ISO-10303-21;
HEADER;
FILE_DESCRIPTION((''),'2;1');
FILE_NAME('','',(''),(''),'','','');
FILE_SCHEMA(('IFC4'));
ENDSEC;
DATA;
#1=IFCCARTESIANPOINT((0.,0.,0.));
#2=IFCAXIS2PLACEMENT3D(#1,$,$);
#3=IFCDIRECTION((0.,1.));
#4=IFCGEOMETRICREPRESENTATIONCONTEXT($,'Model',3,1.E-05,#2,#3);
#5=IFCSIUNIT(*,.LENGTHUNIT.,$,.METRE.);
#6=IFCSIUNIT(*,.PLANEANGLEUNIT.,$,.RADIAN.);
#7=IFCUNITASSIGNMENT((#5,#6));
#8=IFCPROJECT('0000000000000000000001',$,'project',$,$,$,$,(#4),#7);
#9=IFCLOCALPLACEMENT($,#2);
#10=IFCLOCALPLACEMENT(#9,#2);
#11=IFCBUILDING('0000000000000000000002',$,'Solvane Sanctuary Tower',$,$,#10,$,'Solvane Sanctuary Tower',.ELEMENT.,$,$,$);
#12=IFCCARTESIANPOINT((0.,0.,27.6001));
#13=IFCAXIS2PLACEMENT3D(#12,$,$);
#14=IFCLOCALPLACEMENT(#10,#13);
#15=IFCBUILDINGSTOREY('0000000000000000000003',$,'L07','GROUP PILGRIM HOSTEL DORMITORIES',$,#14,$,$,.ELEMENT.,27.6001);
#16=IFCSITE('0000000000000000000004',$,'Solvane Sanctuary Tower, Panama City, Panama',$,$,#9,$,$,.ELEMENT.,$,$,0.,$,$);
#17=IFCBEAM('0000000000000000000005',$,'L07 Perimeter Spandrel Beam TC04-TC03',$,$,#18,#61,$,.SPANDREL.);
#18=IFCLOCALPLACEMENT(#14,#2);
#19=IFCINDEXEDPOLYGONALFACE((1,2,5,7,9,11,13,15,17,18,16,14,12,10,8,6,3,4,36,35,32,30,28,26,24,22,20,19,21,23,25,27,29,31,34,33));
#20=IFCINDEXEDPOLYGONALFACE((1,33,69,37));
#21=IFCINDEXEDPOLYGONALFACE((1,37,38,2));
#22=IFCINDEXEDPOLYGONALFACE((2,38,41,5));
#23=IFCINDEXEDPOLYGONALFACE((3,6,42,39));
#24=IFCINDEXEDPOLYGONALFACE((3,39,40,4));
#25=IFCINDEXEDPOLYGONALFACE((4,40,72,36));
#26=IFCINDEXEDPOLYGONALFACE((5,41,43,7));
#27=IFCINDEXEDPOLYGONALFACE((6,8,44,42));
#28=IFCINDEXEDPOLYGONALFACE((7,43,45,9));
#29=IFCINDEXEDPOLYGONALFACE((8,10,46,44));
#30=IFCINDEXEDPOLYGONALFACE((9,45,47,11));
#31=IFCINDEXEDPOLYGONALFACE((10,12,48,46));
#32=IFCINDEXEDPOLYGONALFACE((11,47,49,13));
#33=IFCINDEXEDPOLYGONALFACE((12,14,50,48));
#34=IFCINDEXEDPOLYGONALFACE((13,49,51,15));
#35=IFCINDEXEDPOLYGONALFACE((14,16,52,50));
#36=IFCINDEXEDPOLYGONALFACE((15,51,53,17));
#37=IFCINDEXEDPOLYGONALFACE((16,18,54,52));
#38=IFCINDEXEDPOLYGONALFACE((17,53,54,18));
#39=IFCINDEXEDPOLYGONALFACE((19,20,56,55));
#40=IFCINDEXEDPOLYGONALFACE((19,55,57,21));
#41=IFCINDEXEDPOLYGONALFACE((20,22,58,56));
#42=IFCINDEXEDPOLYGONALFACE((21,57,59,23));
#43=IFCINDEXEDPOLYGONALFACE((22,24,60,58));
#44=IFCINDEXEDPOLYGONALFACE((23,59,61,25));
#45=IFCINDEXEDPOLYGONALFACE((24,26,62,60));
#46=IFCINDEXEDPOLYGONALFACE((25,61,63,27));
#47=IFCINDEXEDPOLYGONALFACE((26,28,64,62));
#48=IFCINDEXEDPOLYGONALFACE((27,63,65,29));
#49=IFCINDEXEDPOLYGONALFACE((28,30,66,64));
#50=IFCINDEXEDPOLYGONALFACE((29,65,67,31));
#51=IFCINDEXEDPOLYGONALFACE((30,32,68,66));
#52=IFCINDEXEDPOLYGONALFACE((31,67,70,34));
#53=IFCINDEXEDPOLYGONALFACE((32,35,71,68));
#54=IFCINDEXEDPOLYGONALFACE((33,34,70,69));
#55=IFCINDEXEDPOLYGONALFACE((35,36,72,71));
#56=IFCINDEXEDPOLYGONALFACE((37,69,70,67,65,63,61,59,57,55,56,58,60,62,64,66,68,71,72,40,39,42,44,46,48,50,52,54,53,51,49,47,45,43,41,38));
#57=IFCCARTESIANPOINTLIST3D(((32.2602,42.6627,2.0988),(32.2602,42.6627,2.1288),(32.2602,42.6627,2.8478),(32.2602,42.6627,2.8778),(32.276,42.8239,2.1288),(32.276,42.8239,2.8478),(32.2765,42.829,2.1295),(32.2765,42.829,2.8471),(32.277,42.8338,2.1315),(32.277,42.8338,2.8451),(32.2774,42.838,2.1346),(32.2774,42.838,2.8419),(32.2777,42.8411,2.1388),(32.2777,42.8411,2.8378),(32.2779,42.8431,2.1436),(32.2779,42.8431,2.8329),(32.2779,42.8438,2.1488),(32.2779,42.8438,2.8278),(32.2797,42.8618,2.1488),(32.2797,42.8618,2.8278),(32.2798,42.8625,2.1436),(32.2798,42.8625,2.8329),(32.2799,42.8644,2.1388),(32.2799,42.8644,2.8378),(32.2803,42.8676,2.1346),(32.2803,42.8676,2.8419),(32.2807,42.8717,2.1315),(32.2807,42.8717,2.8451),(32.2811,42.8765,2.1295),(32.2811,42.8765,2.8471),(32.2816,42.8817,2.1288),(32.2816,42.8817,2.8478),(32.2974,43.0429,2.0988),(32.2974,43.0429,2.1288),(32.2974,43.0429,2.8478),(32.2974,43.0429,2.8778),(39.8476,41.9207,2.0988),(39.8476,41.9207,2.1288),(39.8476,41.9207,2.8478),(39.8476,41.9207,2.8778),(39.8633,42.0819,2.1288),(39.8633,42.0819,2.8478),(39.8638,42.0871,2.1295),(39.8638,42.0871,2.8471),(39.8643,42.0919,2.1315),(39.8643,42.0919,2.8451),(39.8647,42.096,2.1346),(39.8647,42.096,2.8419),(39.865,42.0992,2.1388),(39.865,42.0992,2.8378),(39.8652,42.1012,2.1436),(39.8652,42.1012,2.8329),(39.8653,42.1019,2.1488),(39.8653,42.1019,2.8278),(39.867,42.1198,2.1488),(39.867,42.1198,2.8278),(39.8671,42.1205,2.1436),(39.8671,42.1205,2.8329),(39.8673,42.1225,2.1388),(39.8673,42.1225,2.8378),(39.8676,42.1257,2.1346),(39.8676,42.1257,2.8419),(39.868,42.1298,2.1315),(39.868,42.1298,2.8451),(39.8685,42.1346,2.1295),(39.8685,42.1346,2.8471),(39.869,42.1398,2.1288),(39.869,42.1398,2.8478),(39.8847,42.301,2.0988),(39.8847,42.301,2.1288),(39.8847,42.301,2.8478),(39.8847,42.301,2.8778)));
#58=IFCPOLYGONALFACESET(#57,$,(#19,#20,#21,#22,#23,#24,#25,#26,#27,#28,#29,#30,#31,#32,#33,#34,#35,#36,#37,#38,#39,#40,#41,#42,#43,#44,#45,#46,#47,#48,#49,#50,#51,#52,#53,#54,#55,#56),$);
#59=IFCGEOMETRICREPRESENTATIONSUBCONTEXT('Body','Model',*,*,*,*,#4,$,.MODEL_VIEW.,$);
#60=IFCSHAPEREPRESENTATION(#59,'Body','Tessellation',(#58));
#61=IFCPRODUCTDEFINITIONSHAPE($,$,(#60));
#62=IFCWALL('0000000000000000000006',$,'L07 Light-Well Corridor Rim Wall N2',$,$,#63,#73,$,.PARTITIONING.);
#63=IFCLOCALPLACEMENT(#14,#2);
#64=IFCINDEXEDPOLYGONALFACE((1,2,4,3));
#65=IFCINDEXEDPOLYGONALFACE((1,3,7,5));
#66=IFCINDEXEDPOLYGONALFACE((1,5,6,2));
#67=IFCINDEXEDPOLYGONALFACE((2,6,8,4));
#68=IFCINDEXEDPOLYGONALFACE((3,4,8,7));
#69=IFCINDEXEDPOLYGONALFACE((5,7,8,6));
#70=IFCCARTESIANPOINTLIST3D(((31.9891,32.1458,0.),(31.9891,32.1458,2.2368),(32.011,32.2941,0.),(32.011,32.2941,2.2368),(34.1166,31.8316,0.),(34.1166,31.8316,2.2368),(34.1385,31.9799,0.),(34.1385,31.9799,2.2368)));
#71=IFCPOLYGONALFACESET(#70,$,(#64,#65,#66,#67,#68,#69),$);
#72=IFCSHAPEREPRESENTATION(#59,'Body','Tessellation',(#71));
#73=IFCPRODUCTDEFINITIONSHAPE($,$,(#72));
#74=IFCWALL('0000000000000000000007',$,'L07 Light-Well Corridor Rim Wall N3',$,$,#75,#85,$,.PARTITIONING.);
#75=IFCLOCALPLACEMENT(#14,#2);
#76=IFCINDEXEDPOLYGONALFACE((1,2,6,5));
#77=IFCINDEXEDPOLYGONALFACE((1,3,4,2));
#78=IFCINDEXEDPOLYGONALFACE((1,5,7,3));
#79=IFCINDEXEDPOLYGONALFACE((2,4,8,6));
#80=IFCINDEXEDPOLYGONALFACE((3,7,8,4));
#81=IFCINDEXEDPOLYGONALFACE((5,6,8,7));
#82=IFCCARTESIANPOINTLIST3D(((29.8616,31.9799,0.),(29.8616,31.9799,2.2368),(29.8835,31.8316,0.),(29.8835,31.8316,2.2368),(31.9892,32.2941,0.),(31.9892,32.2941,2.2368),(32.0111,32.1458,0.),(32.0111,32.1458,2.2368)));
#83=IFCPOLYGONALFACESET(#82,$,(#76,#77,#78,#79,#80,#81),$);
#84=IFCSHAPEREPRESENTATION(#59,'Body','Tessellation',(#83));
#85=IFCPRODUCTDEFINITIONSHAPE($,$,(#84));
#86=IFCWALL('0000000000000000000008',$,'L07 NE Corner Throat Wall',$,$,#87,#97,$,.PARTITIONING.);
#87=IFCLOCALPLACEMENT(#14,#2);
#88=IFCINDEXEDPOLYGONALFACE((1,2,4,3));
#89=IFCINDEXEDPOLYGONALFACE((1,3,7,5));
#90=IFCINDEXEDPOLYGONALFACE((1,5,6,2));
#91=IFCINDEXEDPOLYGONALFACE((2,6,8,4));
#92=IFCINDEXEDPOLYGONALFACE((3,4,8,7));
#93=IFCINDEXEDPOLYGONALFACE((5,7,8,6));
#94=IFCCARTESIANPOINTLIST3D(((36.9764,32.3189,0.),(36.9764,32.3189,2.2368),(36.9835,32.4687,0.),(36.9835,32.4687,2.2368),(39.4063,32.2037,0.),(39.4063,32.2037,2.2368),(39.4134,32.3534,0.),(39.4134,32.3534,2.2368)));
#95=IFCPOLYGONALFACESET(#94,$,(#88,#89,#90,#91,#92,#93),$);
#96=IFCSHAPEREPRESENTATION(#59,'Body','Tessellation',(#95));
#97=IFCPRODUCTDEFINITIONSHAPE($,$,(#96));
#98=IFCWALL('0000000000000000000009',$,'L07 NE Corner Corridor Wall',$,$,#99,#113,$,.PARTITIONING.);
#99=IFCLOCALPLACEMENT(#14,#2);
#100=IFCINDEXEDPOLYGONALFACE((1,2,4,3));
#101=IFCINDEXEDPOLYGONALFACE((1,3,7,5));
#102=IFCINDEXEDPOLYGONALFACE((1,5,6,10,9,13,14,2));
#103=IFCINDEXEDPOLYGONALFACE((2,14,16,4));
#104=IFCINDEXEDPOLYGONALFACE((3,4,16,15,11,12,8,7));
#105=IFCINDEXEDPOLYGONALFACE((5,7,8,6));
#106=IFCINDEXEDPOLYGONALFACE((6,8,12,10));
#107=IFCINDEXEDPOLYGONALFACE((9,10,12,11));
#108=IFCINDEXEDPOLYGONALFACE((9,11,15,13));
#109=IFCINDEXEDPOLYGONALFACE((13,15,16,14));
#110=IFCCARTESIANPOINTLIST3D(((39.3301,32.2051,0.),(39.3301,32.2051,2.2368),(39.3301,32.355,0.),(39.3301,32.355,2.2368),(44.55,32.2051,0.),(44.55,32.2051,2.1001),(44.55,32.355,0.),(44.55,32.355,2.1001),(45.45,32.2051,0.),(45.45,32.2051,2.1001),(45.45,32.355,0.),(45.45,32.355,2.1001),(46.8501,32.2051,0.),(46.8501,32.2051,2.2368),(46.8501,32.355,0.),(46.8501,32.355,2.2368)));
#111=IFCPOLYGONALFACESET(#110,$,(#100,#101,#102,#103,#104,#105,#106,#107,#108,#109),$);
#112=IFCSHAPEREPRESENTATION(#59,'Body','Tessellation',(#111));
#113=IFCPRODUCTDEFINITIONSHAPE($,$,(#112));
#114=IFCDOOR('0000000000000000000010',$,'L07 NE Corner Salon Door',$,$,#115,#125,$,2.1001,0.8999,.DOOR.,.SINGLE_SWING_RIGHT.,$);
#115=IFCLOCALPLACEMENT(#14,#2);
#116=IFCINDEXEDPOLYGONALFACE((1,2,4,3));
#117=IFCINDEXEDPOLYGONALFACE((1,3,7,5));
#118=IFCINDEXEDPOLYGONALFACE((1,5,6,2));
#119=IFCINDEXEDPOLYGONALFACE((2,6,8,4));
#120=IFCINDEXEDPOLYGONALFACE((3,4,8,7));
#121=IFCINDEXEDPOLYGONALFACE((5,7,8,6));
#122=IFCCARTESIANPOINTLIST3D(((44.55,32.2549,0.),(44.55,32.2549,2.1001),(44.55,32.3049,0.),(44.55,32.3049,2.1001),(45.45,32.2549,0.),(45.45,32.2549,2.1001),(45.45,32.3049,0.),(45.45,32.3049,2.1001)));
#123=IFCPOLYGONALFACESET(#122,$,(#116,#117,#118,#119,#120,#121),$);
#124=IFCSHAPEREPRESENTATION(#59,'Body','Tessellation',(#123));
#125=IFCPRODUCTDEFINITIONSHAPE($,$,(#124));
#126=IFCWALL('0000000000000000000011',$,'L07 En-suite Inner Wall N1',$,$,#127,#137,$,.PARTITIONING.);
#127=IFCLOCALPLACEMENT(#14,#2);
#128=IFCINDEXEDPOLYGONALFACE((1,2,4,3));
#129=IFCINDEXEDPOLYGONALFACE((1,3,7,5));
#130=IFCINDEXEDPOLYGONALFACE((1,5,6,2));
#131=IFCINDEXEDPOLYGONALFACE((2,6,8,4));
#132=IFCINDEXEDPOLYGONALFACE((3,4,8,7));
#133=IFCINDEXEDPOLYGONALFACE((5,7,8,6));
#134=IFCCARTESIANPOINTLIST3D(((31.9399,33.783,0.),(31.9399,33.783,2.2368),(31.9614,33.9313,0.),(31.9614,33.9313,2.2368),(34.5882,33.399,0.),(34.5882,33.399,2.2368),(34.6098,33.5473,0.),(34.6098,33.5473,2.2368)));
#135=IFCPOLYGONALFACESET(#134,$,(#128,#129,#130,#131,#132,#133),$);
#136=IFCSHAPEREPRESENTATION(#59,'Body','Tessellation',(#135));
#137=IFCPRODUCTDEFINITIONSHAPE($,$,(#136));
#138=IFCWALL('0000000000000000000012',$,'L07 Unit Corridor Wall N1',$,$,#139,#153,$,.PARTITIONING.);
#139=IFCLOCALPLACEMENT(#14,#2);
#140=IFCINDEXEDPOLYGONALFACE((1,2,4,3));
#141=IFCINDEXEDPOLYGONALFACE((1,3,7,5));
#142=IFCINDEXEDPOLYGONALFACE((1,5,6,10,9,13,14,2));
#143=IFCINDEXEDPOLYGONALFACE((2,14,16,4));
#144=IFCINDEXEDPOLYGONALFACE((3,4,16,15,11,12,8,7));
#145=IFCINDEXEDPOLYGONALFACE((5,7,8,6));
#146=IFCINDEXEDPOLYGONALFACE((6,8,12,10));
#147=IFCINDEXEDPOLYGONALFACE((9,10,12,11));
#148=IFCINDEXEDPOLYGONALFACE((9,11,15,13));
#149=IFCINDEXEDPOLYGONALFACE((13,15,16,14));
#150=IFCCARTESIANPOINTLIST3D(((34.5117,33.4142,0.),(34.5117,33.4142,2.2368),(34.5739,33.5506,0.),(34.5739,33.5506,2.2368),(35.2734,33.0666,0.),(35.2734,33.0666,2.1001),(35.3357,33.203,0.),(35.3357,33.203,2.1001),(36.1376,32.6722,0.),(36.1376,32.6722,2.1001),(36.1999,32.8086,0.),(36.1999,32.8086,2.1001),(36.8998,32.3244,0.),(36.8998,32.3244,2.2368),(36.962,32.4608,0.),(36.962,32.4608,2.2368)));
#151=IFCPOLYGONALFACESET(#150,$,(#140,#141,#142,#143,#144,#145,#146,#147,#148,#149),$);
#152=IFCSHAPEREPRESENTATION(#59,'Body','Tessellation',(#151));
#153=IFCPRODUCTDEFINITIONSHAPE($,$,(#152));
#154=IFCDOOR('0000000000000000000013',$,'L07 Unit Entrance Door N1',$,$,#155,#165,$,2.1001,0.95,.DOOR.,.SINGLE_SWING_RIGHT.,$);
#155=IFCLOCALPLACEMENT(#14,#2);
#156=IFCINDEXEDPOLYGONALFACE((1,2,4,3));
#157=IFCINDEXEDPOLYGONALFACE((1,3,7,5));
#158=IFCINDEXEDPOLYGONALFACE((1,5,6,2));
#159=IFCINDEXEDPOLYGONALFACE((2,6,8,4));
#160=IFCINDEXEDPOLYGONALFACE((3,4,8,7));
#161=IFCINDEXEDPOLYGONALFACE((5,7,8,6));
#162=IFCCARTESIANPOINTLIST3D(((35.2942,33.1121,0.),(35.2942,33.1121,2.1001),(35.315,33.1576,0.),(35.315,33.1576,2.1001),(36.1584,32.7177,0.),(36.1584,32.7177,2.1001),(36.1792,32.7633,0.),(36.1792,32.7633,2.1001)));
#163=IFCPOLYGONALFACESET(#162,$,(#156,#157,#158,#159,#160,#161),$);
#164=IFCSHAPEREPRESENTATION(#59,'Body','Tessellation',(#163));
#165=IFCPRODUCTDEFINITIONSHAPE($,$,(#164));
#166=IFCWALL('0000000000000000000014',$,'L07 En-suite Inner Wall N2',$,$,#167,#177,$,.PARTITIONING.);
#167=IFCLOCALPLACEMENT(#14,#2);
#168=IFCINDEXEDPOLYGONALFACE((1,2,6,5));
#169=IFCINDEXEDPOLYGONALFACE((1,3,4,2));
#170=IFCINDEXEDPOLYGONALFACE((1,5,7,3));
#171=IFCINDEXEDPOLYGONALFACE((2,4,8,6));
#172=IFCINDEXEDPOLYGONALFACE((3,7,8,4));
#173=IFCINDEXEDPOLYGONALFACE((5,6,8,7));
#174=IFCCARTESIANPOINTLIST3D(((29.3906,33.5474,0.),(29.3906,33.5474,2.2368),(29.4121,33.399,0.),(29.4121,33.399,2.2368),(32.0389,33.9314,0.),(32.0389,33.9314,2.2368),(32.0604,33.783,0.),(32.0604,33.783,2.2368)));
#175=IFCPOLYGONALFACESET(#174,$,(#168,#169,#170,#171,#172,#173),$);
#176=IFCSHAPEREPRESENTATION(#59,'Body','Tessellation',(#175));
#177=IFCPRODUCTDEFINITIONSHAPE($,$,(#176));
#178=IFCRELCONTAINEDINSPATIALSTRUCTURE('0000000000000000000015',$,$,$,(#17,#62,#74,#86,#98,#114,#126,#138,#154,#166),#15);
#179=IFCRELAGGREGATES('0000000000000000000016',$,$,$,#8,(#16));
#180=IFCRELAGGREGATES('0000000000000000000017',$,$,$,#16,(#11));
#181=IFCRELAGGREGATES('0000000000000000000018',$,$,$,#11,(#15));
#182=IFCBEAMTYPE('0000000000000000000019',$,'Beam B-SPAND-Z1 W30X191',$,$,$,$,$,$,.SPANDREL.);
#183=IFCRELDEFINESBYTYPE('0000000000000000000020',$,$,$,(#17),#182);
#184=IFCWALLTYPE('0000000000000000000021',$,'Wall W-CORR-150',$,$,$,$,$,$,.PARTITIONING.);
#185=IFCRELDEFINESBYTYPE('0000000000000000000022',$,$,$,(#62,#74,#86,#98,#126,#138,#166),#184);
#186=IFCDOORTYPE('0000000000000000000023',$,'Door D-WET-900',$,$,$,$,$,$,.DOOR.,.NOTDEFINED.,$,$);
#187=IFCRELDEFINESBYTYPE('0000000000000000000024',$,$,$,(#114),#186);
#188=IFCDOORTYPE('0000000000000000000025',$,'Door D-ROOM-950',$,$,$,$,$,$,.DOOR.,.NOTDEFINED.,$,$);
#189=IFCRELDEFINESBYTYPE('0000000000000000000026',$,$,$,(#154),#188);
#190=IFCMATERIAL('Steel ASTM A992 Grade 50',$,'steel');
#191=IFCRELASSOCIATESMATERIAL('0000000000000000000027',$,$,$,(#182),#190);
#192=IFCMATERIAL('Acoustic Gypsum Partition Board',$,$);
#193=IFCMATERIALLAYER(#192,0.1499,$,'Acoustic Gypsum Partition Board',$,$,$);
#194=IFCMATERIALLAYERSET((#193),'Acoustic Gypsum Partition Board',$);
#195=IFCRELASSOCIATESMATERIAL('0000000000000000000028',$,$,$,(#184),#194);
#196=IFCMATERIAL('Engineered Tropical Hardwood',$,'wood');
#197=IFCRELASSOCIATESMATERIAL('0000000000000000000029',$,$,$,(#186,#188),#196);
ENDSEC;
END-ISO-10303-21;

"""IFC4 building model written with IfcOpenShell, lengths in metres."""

from ifc_helpers import new_model, si_unit, direction, frame, frame_2d, origin, origin_2d, place, context, subcontext, project, spatial, rectangle, i_section, extrude, material, layer, layer_set, material_profile, profile_set, type_object, element, fill, save


model = new_model("IFC4")

# Units and contexts
model_context = context("Model", 3, precision=1e-05, world=origin(), true_north=direction((0.0, 1.0)))
body_context = subcontext(model_context, "Body", "Model", "MODEL_VIEW")
ifc_project = project(units=[si_unit("LENGTHUNIT", "METRE"), si_unit("PLANEANGLEUNIT", "RADIAN")], contexts=[model_context])

# Site, building, storey
site_placement = place(None, origin())
site = spatial("IfcSite", under=ifc_project, at=site_placement, Name="Solvane Sanctuary Tower, Panama City, Panama", CompositionType="ELEMENT", RefElevation=0.0)
building_placement = place(site_placement, origin())
building = spatial("IfcBuilding", under=site, at=building_placement, Name="Solvane Sanctuary Tower", LongName="Solvane Sanctuary Tower", CompositionType="ELEMENT")
storey_placement = place(building_placement, frame((0.0, 0.0, 27.6001)))
storey = spatial("IfcBuildingStorey", under=building, at=storey_placement, Name="L07", Description="GROUP PILGRIM HOSTEL DORMITORIES", CompositionType="ELEMENT", Elevation=27.6001)

# Beam
ifc_material_1 = material(Name="Steel ASTM A992 Grade 50", Category="steel")
ifc_material_profile_1 = material_profile(ifc_material_1, i_section(OverallWidth=0.3821, OverallDepth=0.7791, WebThickness=0.0181, FlangeThickness=0.03, FilletRadius=0.02, at=origin_2d()), Name="W30X191")
ifc_profile_set_1 = profile_set([ifc_material_profile_1], Name="Steel ASTM A992 Grade 50")
beam_type_1 = type_object("IfcBeamType", Name="Beam B-SPAND-Z1 W30X191", PredefinedType="SPANDREL", material=ifc_profile_set_1)
beam_1_placement = place(storey_placement, frame((32.2788, 42.8528, 2.4883), z_axis=(0.995253, -0.097322, 0.0), x_axis=(0.097322, 0.995253, 0.0)))
element("IfcBeam", 1, at=beam_1_placement, inside=storey, type_object=beam_type_1, Name="L07 Perimeter Spandrel Beam TC04-TC03", PredefinedType="SPANDREL", context=body_context, shape_type="SweptSolid", body=[
    extrude(i_section(OverallWidth=0.3821, OverallDepth=0.7791, WebThickness=0.0181, FlangeThickness=0.03, FilletRadius=0.02, at=origin_2d()), origin(), (0.0, 0.0, 1.0), 7.6235),
])

# Walls
ifc_material_2 = material(Name="Acoustic Gypsum Partition Board")
ifc_layer_1 = layer(ifc_material_2, 0.1499, Name="Acoustic Gypsum Partition Board")
ifc_layer_set_1 = layer_set([ifc_layer_1], Name="Acoustic Gypsum Partition Board")
wall_type_1 = type_object("IfcWallType", Name="Wall W-CORR-150", PredefinedType="PARTITIONING", material=ifc_layer_set_1)
for number, where, z_axis, x_axis, name in (
    (2, (34.1274, 31.9058, 0.0), (0.0, 0.0, 1.0), (-0.989269, 0.146108, 0.0), "L07 Light-Well Corridor Rim Wall N2"),
    (3, (32.0, 32.22, 0.0), (0.0, 0.0, 1.0), (-0.989269, -0.146108, 0.0), "L07 Light-Well Corridor Rim Wall N3"),
):
    element("IfcWall", number, at=place(storey_placement, frame(where, z_axis=z_axis, x_axis=x_axis)), inside=storey, type_object=wall_type_1, Name=name, PredefinedType="PARTITIONING", context=body_context, shape_type="SweptSolid", body=[
        extrude(rectangle(XDim=2.1506, YDim=0.1499, at=frame_2d((1.0752, 0.0))), origin(), (0.0, 0.0, 1.0), 2.2368),
    ])
wall_1_placement = place(storey_placement, frame((36.98, 32.3938, 0.0), z_axis=(0.0, 0.0, 1.0), x_axis=(0.998877, -0.04737, 0.0)))
element("IfcWall", 4, at=wall_1_placement, inside=storey, type_object=wall_type_1, Name="L07 NE Corner Throat Wall", PredefinedType="PARTITIONING", context=body_context, shape_type="SweptSolid", body=[
    extrude(rectangle(XDim=2.4326, YDim=0.1499, at=frame_2d((1.2163, 0.0))), origin(), (0.0, 0.0, 1.0), 2.2368),
])

# Wall, opening, door
wall_2_placement = place(storey_placement, frame((39.3301, 32.28, 0.0), z_axis=(0.0, 0.0, 1.0), x_axis=(1.0, 0.0, 0.0)))
wall_2 = element("IfcWall", 5, at=wall_2_placement, inside=storey, type_object=wall_type_1, Name="L07 NE Corner Corridor Wall", PredefinedType="PARTITIONING", context=body_context, shape_type="SweptSolid", body=[
    extrude(rectangle(XDim=7.52, YDim=0.1499, at=frame_2d((3.76, 0.0))), origin(), (0.0, 0.0, 1.0), 2.2368),
])
opening_1_placement = place(wall_2_placement, frame((5.22, 0.0, 0.0)))
opening_1 = element("IfcOpeningElement", 6, at=opening_1_placement, cuts=wall_2, PredefinedType="OPENING", context=body_context, shape_type="SweptSolid", body=[
    extrude(rectangle(XDim=0.8999, YDim=2.1001, at=frame_2d((0.45, 1.05))), frame((0.0, 0.085, 0.0), z_axis=(0.0, -1.0, 0.0), x_axis=(1.0, 0.0, 0.0)), (0.0, 0.0, 1.0), 0.1699),
])
ifc_material_3 = material(Name="Engineered Tropical Hardwood", Category="wood")
door_type_1 = type_object("IfcDoorType", Name="Door D-WET-900", OperationType="NOTDEFINED", PredefinedType="DOOR", material=ifc_material_3)
door_1_placement = place(opening_1_placement, origin())
door_1 = element("IfcDoor", 7, at=door_1_placement, inside=storey, type_object=door_type_1, Name="L07 NE Corner Salon Door", OperationType="SINGLE_SWING_RIGHT", OverallHeight=2.1001, OverallWidth=0.8999, PredefinedType="DOOR", context=body_context, shape_type="SweptSolid", body=[
    extrude(rectangle(XDim=0.8999, YDim=2.1001, at=frame_2d((0.45, 1.05))), frame((0.0, 0.0249, 0.0), z_axis=(0.0, -1.0, 0.0), x_axis=(1.0, 0.0, 0.0)), (0.0, 0.0, 1.0), 0.05),
])
fill(opening_1, door_1)

# Wall
wall_3_placement = place(storey_placement, frame((34.5989, 33.4731, 0.0), z_axis=(0.0, 0.0, 1.0), x_axis=(-0.98965, 0.143503, 0.0)))
element("IfcWall", 8, at=wall_3_placement, inside=storey, type_object=wall_type_1, Name="L07 En-suite Inner Wall N1", PredefinedType="PARTITIONING", context=body_context, shape_type="SweptSolid", body=[
    extrude(rectangle(XDim=2.676, YDim=0.1499, at=frame_2d((1.3379, 0.0))), origin(), (0.0, 0.0, 1.0), 2.2368),
])

# Wall, opening, door
wall_4_placement = place(storey_placement, frame((36.9309, 32.3926, 0.0), z_axis=(0.0, 0.0, 1.0), x_axis=(-0.909748, 0.415162, 0.0)))
wall_4 = element("IfcWall", 9, at=wall_4_placement, inside=storey, type_object=wall_type_1, Name="L07 Unit Corridor Wall N1", PredefinedType="PARTITIONING", context=body_context, shape_type="SweptSolid", body=[
    extrude(rectangle(XDim=2.625, YDim=0.1499, at=frame_2d((1.3125, 0.0))), origin(), (0.0, 0.0, 1.0), 2.2368),
])
opening_2_placement = place(wall_4_placement, frame((0.8376, 0.0, 0.0)))
opening_2 = element("IfcOpeningElement", 10, at=opening_2_placement, cuts=wall_4, PredefinedType="OPENING", context=body_context, shape_type="SweptSolid", body=[
    extrude(rectangle(XDim=0.95, YDim=2.1001, at=frame_2d((0.4751, 1.05))), frame((0.0, 0.085, 0.0), z_axis=(0.0, -1.0, 0.0), x_axis=(1.0, 0.0, 0.0)), (0.0, 0.0, 1.0), 0.1699),
])
door_type_2 = type_object("IfcDoorType", Name="Door D-ROOM-950", OperationType="NOTDEFINED", PredefinedType="DOOR", material=ifc_material_3)
door_2_placement = place(opening_2_placement, origin())
door_2 = element("IfcDoor", 11, at=door_2_placement, inside=storey, type_object=door_type_2, Name="L07 Unit Entrance Door N1", OperationType="SINGLE_SWING_RIGHT", OverallHeight=2.1001, OverallWidth=0.95, PredefinedType="DOOR", context=body_context, shape_type="SweptSolid", body=[
    extrude(rectangle(XDim=0.95, YDim=2.1001, at=frame_2d((0.4751, 1.05))), frame((0.0, 0.0249, 0.0), z_axis=(0.0, -1.0, 0.0), x_axis=(1.0, 0.0, 0.0)), (0.0, 0.0, 1.0), 0.05),
])
fill(opening_2, door_2)

# Wall
wall_5_placement = place(storey_placement, frame((32.0496, 33.8572, 0.0), z_axis=(0.0, 0.0, 1.0), x_axis=(-0.98965, -0.143503, 0.0)))
element("IfcWall", 12, at=wall_5_placement, inside=storey, type_object=wall_type_1, Name="L07 En-suite Inner Wall N2", PredefinedType="PARTITIONING", context=body_context, shape_type="SweptSolid", body=[
    extrude(rectangle(XDim=2.676, YDim=0.1499, at=frame_2d((1.3379, 0.0))), origin(), (0.0, 0.0, 1.0), 2.2368),
])

save(model, "model.ifc")
